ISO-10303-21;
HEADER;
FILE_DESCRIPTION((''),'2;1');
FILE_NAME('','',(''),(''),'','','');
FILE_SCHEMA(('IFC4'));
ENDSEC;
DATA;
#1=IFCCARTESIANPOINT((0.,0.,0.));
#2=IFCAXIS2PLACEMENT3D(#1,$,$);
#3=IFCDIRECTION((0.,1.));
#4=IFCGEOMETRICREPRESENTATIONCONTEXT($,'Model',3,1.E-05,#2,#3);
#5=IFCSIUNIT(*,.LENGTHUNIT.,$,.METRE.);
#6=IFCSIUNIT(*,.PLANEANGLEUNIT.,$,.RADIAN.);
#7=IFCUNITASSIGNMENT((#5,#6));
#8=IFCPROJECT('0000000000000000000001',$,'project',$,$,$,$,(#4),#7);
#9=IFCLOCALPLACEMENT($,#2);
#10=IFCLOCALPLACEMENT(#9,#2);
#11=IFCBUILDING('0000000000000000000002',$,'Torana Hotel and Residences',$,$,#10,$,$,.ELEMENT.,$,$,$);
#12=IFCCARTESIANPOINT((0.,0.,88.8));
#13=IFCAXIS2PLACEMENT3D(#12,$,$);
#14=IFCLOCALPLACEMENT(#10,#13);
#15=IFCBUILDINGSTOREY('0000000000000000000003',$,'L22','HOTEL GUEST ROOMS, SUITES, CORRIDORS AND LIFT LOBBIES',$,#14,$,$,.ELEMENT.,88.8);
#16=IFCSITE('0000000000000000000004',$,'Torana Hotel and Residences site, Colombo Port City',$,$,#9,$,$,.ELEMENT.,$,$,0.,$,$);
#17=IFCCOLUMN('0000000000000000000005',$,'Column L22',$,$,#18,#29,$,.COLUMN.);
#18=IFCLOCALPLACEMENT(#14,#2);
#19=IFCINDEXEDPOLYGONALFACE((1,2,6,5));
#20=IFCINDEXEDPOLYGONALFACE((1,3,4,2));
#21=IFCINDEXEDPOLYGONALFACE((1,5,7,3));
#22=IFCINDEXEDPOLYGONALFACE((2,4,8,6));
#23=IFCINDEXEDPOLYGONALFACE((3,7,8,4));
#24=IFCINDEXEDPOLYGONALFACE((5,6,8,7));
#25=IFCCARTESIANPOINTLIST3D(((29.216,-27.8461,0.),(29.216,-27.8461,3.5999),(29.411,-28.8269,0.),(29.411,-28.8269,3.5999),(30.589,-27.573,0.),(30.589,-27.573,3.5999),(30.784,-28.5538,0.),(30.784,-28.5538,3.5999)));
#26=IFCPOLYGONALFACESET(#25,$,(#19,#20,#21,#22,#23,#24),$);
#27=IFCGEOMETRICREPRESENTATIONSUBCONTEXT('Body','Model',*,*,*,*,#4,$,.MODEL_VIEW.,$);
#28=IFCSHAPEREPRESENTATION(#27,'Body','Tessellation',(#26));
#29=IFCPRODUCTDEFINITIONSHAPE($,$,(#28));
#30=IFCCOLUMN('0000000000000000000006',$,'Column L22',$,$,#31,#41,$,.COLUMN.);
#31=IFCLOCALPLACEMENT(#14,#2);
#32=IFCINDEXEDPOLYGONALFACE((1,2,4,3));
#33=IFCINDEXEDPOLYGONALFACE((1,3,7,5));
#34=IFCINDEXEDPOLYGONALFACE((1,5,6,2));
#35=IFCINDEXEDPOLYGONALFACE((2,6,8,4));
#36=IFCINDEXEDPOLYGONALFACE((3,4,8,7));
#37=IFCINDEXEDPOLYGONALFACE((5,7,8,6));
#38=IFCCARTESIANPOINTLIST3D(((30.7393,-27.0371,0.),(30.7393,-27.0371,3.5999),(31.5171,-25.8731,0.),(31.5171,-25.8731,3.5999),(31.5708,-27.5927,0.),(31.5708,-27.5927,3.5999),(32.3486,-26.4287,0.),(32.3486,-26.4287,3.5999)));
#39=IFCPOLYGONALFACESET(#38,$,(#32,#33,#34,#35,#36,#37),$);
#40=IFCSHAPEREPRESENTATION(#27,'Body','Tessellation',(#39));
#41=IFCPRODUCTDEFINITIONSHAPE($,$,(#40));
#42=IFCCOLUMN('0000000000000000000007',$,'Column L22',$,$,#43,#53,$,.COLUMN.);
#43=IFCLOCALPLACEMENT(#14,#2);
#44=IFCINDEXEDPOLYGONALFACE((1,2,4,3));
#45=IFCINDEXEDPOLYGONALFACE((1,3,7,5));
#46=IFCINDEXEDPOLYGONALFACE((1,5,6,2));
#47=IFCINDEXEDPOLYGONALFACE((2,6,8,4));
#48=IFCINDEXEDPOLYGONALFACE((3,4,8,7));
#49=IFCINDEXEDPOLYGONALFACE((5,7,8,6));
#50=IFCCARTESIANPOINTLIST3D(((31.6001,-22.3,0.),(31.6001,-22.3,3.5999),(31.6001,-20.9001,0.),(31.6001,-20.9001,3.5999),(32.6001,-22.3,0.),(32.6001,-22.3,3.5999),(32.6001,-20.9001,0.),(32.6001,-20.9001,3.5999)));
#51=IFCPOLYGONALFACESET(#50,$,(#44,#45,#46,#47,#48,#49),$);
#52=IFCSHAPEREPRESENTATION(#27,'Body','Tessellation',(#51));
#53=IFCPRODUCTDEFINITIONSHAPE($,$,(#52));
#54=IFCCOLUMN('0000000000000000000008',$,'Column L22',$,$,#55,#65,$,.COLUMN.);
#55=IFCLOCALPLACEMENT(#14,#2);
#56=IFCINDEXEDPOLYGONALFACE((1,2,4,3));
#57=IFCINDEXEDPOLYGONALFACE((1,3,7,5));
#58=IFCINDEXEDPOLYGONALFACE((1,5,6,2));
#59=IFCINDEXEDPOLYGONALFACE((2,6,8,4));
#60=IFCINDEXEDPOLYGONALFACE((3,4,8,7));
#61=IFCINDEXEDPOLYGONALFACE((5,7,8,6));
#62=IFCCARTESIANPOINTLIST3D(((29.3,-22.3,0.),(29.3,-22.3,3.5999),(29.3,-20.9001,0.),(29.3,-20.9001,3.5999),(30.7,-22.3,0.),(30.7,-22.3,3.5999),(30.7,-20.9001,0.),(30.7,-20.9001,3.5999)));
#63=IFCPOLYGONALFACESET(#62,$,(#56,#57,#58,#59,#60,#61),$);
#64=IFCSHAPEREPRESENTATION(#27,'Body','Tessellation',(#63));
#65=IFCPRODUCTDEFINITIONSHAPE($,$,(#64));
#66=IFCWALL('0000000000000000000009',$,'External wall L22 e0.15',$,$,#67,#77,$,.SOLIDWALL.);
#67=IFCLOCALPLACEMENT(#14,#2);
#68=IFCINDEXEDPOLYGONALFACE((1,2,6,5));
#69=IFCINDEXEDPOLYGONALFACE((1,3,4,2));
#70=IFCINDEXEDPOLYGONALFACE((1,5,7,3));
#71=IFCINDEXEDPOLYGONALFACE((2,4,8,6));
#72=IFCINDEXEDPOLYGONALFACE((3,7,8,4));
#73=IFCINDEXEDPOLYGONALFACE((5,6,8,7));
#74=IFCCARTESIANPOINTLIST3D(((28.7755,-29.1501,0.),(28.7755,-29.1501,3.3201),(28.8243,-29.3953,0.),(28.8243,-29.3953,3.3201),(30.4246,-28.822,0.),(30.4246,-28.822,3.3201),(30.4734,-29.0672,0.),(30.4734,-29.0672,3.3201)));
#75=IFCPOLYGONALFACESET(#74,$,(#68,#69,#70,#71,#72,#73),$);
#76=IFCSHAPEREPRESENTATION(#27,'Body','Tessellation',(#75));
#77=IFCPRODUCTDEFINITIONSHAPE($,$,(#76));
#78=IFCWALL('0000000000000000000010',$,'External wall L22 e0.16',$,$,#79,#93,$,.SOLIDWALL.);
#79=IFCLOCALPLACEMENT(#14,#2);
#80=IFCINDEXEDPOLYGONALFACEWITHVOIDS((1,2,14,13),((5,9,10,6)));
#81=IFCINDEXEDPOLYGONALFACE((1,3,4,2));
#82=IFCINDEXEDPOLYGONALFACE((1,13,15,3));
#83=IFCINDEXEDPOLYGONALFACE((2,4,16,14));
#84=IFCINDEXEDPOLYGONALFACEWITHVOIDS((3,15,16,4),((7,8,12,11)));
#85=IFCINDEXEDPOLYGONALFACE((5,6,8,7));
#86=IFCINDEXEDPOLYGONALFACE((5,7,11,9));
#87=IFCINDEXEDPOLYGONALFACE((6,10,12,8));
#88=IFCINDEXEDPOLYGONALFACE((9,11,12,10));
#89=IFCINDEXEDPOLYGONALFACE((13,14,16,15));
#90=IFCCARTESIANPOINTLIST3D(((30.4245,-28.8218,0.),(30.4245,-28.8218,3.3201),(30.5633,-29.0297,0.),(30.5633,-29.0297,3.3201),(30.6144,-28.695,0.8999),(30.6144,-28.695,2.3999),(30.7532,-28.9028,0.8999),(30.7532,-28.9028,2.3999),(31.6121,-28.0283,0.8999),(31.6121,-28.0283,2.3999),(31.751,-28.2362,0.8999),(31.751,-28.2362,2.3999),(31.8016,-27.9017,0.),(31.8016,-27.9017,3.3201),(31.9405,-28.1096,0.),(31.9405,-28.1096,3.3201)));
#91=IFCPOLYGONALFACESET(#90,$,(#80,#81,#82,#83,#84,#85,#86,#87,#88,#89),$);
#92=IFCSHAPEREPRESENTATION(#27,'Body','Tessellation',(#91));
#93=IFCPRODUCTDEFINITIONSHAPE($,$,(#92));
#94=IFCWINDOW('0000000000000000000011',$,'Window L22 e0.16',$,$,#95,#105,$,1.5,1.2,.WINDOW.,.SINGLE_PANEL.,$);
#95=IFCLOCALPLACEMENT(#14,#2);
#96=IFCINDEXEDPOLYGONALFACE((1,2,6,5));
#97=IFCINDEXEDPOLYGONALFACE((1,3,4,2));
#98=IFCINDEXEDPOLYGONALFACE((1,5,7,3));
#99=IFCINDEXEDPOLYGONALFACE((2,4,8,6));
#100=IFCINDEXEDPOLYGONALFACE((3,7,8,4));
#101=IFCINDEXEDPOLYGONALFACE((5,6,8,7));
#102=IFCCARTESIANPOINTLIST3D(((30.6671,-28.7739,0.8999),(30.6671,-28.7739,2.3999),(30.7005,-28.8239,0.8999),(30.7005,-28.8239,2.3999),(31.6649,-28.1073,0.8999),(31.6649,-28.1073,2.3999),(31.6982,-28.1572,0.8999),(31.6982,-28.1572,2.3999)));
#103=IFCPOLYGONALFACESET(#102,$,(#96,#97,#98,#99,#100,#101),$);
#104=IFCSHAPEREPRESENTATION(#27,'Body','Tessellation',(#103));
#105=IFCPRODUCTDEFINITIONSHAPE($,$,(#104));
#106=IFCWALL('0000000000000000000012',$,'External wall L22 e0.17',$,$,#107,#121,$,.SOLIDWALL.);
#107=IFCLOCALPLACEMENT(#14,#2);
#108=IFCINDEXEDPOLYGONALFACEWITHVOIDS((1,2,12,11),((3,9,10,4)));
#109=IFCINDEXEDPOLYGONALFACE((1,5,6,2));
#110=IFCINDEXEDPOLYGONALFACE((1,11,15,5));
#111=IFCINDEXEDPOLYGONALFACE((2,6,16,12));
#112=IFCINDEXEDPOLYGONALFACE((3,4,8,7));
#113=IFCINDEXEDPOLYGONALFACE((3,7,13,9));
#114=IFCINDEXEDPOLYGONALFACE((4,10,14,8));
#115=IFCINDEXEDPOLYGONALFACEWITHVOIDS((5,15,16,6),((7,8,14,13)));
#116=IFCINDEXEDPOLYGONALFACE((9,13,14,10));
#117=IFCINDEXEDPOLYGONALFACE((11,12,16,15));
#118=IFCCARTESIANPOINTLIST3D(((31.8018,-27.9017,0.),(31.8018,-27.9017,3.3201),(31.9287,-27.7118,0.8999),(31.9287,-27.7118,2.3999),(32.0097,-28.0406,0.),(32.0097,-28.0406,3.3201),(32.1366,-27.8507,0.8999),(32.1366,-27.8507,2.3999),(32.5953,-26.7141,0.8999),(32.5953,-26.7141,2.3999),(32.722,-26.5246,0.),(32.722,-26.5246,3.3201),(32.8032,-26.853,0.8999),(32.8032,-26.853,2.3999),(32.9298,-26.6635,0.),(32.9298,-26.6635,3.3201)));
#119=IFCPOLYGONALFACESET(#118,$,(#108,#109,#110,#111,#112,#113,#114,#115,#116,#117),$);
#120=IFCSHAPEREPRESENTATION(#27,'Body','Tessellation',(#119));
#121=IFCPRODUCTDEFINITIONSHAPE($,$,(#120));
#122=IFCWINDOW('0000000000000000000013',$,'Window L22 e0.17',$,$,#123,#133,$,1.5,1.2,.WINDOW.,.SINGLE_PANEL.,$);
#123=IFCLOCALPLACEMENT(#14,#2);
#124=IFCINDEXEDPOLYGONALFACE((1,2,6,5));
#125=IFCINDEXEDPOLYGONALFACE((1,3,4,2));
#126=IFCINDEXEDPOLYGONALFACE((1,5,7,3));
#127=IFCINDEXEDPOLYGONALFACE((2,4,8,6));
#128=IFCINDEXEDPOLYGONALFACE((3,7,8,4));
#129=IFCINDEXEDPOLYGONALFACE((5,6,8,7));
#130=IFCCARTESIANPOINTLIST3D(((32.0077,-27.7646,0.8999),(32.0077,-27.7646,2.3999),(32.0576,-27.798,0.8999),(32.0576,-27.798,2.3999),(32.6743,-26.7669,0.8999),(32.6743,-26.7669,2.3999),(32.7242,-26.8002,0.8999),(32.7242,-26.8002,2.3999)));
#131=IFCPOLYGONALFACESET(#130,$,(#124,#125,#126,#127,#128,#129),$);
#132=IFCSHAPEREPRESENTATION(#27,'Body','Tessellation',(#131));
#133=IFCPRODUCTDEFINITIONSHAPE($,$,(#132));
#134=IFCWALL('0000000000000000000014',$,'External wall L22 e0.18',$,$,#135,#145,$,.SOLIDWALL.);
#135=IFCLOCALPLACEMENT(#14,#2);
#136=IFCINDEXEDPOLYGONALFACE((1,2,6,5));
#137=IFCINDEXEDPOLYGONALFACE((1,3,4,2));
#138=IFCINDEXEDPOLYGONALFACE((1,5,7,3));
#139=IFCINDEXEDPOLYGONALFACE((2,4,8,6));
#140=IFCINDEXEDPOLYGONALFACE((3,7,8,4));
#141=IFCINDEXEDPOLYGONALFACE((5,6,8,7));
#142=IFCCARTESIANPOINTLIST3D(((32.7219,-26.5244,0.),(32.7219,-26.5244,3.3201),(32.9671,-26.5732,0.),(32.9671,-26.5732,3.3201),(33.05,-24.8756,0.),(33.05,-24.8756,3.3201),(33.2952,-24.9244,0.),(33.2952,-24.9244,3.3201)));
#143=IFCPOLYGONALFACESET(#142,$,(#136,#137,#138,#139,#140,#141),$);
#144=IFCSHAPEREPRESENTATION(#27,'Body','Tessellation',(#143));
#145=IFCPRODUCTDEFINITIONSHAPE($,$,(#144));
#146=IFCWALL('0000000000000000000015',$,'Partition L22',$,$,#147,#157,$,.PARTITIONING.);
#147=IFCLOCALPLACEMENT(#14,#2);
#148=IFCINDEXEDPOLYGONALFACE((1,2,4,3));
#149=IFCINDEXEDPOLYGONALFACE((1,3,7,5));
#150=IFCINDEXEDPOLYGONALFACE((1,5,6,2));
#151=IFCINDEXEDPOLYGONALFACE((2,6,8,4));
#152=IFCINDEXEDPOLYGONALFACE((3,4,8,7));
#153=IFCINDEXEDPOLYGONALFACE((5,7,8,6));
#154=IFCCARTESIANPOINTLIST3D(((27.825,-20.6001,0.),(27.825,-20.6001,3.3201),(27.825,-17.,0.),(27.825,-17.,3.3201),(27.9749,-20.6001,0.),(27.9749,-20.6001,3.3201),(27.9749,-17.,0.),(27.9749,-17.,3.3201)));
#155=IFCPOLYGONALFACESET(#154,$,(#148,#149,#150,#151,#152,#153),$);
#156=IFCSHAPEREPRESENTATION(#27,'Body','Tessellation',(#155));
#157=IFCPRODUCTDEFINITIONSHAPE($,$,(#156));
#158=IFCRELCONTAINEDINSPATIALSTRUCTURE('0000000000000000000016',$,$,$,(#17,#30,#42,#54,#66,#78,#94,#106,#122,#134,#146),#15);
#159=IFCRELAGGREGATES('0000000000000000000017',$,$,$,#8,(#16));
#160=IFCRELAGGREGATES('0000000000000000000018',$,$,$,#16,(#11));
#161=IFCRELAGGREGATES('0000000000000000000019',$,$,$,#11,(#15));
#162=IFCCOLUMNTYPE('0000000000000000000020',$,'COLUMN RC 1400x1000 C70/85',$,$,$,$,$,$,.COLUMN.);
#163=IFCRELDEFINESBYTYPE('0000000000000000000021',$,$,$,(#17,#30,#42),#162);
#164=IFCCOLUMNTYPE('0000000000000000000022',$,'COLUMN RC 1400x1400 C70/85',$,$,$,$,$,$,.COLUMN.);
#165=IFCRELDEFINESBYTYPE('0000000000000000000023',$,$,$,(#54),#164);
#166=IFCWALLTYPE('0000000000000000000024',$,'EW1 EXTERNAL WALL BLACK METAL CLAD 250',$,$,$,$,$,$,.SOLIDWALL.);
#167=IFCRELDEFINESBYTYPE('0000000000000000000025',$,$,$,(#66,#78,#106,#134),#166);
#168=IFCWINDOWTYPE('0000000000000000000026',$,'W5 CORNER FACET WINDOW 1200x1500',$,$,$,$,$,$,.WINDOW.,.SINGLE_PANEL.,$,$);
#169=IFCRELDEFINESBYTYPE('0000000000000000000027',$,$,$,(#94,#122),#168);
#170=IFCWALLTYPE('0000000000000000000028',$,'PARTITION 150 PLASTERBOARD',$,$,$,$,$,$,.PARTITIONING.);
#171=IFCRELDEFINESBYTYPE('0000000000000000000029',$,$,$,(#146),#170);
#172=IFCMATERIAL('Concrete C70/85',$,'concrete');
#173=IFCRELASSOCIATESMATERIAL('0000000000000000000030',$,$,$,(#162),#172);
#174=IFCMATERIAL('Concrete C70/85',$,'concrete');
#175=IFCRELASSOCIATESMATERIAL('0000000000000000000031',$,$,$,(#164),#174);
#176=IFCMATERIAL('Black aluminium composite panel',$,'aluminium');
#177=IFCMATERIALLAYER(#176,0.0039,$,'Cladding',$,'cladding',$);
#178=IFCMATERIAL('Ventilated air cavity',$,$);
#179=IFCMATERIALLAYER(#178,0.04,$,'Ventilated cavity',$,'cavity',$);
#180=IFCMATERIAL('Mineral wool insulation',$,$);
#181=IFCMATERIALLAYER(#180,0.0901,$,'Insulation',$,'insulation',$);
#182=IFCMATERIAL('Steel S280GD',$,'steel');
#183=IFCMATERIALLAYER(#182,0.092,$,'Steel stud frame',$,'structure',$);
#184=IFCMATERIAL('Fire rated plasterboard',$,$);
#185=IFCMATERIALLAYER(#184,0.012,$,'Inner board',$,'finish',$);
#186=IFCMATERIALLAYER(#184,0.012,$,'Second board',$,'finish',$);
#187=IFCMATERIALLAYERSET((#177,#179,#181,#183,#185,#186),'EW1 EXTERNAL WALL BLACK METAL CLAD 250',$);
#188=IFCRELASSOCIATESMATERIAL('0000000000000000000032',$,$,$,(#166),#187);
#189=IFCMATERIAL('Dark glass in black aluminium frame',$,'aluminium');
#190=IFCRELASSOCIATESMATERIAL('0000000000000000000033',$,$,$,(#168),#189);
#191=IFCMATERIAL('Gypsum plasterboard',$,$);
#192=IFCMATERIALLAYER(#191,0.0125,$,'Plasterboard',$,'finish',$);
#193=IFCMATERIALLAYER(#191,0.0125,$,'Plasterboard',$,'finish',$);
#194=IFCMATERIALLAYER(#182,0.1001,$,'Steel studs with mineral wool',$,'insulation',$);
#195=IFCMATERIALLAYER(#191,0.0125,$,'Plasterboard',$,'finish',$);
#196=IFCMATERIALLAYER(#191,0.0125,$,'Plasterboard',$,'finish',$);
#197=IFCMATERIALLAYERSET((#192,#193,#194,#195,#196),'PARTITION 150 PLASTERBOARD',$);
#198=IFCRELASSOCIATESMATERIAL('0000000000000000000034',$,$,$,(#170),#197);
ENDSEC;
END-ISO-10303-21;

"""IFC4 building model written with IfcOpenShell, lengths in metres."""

from ifc_helpers import new_model, si_unit, direction, frame, frame_2d, origin, origin_2d, place, context, subcontext, project, spatial, rectangle, extrude, material, layer, layer_set, material_profile, profile_set, type_object, element, fill, save


model = new_model("IFC4")

# Units and contexts
model_context = context("Model", 3, precision=1e-05, world=origin(), true_north=direction((0.0, 1.0)))
body_context = subcontext(model_context, "Body", "Model", "MODEL_VIEW")
ifc_project = project(units=[si_unit("LENGTHUNIT", "METRE"), si_unit("PLANEANGLEUNIT", "RADIAN")], contexts=[model_context])

# Site, building, storey
site_placement = place(None, origin())
site = spatial("IfcSite", under=ifc_project, at=site_placement, Name="Torana Hotel and Residences site, Colombo Port City", CompositionType="ELEMENT", RefElevation=0.0)
building_placement = place(site_placement, origin())
building = spatial("IfcBuilding", under=site, at=building_placement, Name="Torana Hotel and Residences", CompositionType="ELEMENT")
storey_placement = place(building_placement, frame((0.0, 0.0, 88.8)))
storey = spatial("IfcBuildingStorey", under=building, at=storey_placement, Name="L22", Description="HOTEL GUEST ROOMS, SUITES, CORRIDORS AND LIFT LOBBIES", CompositionType="ELEMENT", Elevation=88.8)

# Columns
ifc_material_1 = material(Name="Concrete C70/85", Category="concrete")
ifc_material_profile_1 = material_profile(ifc_material_1, rectangle(XDim=1.3999, YDim=1.0, at=origin_2d()), Name="RC 1400x1000")
ifc_profile_set_1 = profile_set([ifc_material_profile_1], Name="Concrete C70/85")
column_type_1 = type_object("IfcColumnType", Name="COLUMN RC 1400x1000 C70/85", PredefinedType="COLUMN", material=ifc_profile_set_1)
for number, where, z_axis, x_axis, name in (
    (1, (30.0, -28.2, 0.0), (0.0, 0.0, 1.0), (0.980792, 0.195056, 0.0), "Column L22"),
    (2, (31.5439, -26.7329, 0.0), (0.0, 0.0, 1.0), (0.555585, 0.83146, 0.0), "Column L22"),
    (3, (32.1001, -21.6001, 0.0), (0.0, 0.0, 1.0), (0.0, 1.0, 0.0), "Column L22"),
):
    element("IfcColumn", number, at=place(storey_placement, frame(where, z_axis=z_axis, x_axis=x_axis)), inside=storey, type_object=column_type_1, Name=name, PredefinedType="COLUMN", context=body_context, shape_type="SweptSolid", body=[
        extrude(rectangle(XDim=1.3999, YDim=1.0, at=origin_2d()), origin(), (0.0, 0.0, 1.0), 3.5999),
    ])
ifc_material_2 = material(Name="Concrete C70/85", Category="concrete")
ifc_material_profile_2 = material_profile(ifc_material_2, rectangle(XDim=1.3999, YDim=1.3999, at=origin_2d()), Name="RC 1400x1400")
ifc_profile_set_2 = profile_set([ifc_material_profile_2], Name="Concrete C70/85")
column_type_2 = type_object("IfcColumnType", Name="COLUMN RC 1400x1400 C70/85", PredefinedType="COLUMN", material=ifc_profile_set_2)
column_placement = place(storey_placement, frame((30.0, -21.6001, 0.0), z_axis=(0.0, 0.0, 1.0), x_axis=(1.0, 0.0, 0.0)))
element("IfcColumn", 4, at=column_placement, inside=storey, type_object=column_type_2, Name="Column L22", PredefinedType="COLUMN", context=body_context, shape_type="SweptSolid", body=[
    extrude(rectangle(XDim=1.3999, YDim=1.3999, at=origin_2d()), origin(), (0.0, 0.0, 1.0), 3.5999),
])

# Wall
ifc_material_3 = material(Name="Black aluminium composite panel", Category="aluminium")
ifc_layer_1 = layer(ifc_material_3, 0.0039, Name="Cladding", Category="cladding")
ifc_material_4 = material(Name="Ventilated air cavity")
ifc_layer_2 = layer(ifc_material_4, 0.04, Name="Ventilated cavity", Category="cavity")
ifc_material_5 = material(Name="Mineral wool insulation")
ifc_layer_3 = layer(ifc_material_5, 0.0901, Name="Insulation", Category="insulation")
ifc_material_6 = material(Name="Steel S280GD", Category="steel")
ifc_layer_4 = layer(ifc_material_6, 0.092, Name="Steel stud frame", Category="structure")
ifc_material_7 = material(Name="Fire rated plasterboard")
ifc_layer_5 = layer(ifc_material_7, 0.012, Name="Inner board", Category="finish")
ifc_layer_6 = layer(ifc_material_7, 0.012, Name="Second board", Category="finish")
ifc_layer_set_1 = layer_set([ifc_layer_1, ifc_layer_2, ifc_layer_3, ifc_layer_4, ifc_layer_5, ifc_layer_6], Name="EW1 EXTERNAL WALL BLACK METAL CLAD 250")
wall_type_1 = type_object("IfcWallType", Name="EW1 EXTERNAL WALL BLACK METAL CLAD 250", PredefinedType="SOLIDWALL", material=ifc_layer_set_1)
wall_1_placement = place(storey_placement, frame((28.7998, -29.2727, 0.0), z_axis=(0.0, 0.0, 1.0), x_axis=(0.980776, 0.195139, 0.0)))
element("IfcWall", 5, at=wall_1_placement, inside=storey, type_object=wall_type_1, Name="External wall L22 e0.15", PredefinedType="SOLIDWALL", context=body_context, shape_type="SweptSolid", body=[
    extrude(rectangle(XDim=1.6814, YDim=0.25, at=frame_2d((0.8408, 0.0))), origin(), (0.0, 0.0, 1.0), 3.3201),
])

# Walls, openings, windows
wall_2_placement = place(storey_placement, frame((30.4939, -28.9258, 0.0), z_axis=(0.0, 0.0, 1.0), x_axis=(0.831483, 0.55555, 0.0)))
wall_2 = element("IfcWall", 6, at=wall_2_placement, inside=storey, type_object=wall_type_1, Name="External wall L22 e0.16", PredefinedType="SOLIDWALL", context=body_context, shape_type="SweptSolid", body=[
    extrude(rectangle(XDim=1.6562, YDim=0.25, at=frame_2d((0.8281, 0.0))), origin(), (0.0, 0.0, 1.0), 3.3201),
])
opening_1_placement = place(wall_2_placement, frame((0.2283, 0.0, 0.8999)))
opening_1 = element("IfcOpeningElement", 7, at=opening_1_placement, cuts=wall_2, PredefinedType="OPENING", context=body_context, shape_type="SweptSolid", body=[
    extrude(rectangle(XDim=1.2, YDim=1.5, at=frame_2d((0.6001, 0.75))), frame((0.0, 0.135, 0.0), z_axis=(0.0, -1.0, 0.0), x_axis=(1.0, 0.0, 0.0)), (0.0, 0.0, 1.0), 0.27),
])
ifc_material_8 = material(Name="Dark glass in black aluminium frame", Category="aluminium")
window_type_1 = type_object("IfcWindowType", Name="W5 CORNER FACET WINDOW 1200x1500", PartitioningType="SINGLE_PANEL", PredefinedType="WINDOW", material=ifc_material_8)
window_1_placement = place(opening_1_placement, origin())
window_1 = element("IfcWindow", 8, at=window_1_placement, inside=storey, type_object=window_type_1, Name="Window L22 e0.16", OverallHeight=1.5, OverallWidth=1.2, PartitioningType="SINGLE_PANEL", PredefinedType="WINDOW", context=body_context, shape_type="SweptSolid", body=[
    extrude(rectangle(XDim=1.2, YDim=1.5, at=frame_2d((0.6001, 0.75))), frame((0.0, 0.03, 0.0), z_axis=(0.0, -1.0, 0.0), x_axis=(1.0, 0.0, 0.0)), (0.0, 0.0, 1.0), 0.0601),
])
fill(opening_1, window_1)
wall_3_placement = place(storey_placement, frame((31.9058, -27.9712, 0.0), z_axis=(0.0, 0.0, 1.0), x_axis=(0.55555, 0.831483, 0.0)))
wall_3 = element("IfcWall", 9, at=wall_3_placement, inside=storey, type_object=wall_type_1, Name="External wall L22 e0.17", PredefinedType="SOLIDWALL", context=body_context, shape_type="SweptSolid", body=[
    extrude(rectangle(XDim=1.6562, YDim=0.25, at=frame_2d((0.8281, 0.0))), origin(), (0.0, 0.0, 1.0), 3.3201),
])
opening_2_placement = place(wall_3_placement, frame((0.2283, 0.0, 0.8999)))
opening_2 = element("IfcOpeningElement", 10, at=opening_2_placement, cuts=wall_3, PredefinedType="OPENING", context=body_context, shape_type="SweptSolid", body=[
    extrude(rectangle(XDim=1.2, YDim=1.5, at=frame_2d((0.6001, 0.75))), frame((0.0, 0.135, 0.0), z_axis=(0.0, -1.0, 0.0), x_axis=(1.0, 0.0, 0.0)), (0.0, 0.0, 1.0), 0.27),
])
window_2_placement = place(opening_2_placement, origin())
window_2 = element("IfcWindow", 11, at=window_2_placement, inside=storey, type_object=window_type_1, Name="Window L22 e0.17", OverallHeight=1.5, OverallWidth=1.2, PartitioningType="SINGLE_PANEL", PredefinedType="WINDOW", context=body_context, shape_type="SweptSolid", body=[
    extrude(rectangle(XDim=1.2, YDim=1.5, at=frame_2d((0.6001, 0.75))), frame((0.0, 0.03, 0.0), z_axis=(0.0, -1.0, 0.0), x_axis=(1.0, 0.0, 0.0)), (0.0, 0.0, 1.0), 0.0601),
])
fill(opening_2, window_2)

# Wall
wall_4_placement = place(storey_placement, frame((32.8445, -26.5488, 0.0), z_axis=(0.0, 0.0, 1.0), x_axis=(0.195167, 0.98077, 0.0)))
element("IfcWall", 12, at=wall_4_placement, inside=storey, type_object=wall_type_1, Name="External wall L22 e0.18", PredefinedType="SOLIDWALL", context=body_context, shape_type="SweptSolid", body=[
    extrude(rectangle(XDim=1.6812, YDim=0.25, at=frame_2d((0.8406, 0.0))), origin(), (0.0, 0.0, 1.0), 3.3201),
])

# Wall
ifc_material_9 = material(Name="Gypsum plasterboard")
ifc_layer_7 = layer(ifc_material_9, 0.0125, Name="Plasterboard", Category="finish")
ifc_layer_8 = layer(ifc_material_9, 0.0125, Name="Plasterboard", Category="finish")
ifc_layer_9 = layer(ifc_material_6, 0.1001, Name="Steel studs with mineral wool", Category="insulation")
ifc_layer_10 = layer(ifc_material_9, 0.0125, Name="Plasterboard", Category="finish")
ifc_layer_11 = layer(ifc_material_9, 0.0125, Name="Plasterboard", Category="finish")
ifc_layer_set_2 = layer_set([ifc_layer_7, ifc_layer_8, ifc_layer_9, ifc_layer_10, ifc_layer_11], Name="PARTITION 150 PLASTERBOARD")
wall_type_2 = type_object("IfcWallType", Name="PARTITION 150 PLASTERBOARD", PredefinedType="PARTITIONING", material=ifc_layer_set_2)
wall_5_placement = place(storey_placement, frame((27.8999, -20.6001, 0.0), z_axis=(0.0, 0.0, 1.0), x_axis=(0.0, 1.0, 0.0)))
element("IfcWall", 13, at=wall_5_placement, inside=storey, type_object=wall_type_2, Name="Partition L22", PredefinedType="PARTITIONING", context=body_context, shape_type="SweptSolid", body=[
    extrude(rectangle(XDim=3.6001, YDim=0.1499, at=frame_2d((1.8, 0.0))), origin(), (0.0, 0.0, 1.0), 3.3201),
])

save(model, "model.ifc")
